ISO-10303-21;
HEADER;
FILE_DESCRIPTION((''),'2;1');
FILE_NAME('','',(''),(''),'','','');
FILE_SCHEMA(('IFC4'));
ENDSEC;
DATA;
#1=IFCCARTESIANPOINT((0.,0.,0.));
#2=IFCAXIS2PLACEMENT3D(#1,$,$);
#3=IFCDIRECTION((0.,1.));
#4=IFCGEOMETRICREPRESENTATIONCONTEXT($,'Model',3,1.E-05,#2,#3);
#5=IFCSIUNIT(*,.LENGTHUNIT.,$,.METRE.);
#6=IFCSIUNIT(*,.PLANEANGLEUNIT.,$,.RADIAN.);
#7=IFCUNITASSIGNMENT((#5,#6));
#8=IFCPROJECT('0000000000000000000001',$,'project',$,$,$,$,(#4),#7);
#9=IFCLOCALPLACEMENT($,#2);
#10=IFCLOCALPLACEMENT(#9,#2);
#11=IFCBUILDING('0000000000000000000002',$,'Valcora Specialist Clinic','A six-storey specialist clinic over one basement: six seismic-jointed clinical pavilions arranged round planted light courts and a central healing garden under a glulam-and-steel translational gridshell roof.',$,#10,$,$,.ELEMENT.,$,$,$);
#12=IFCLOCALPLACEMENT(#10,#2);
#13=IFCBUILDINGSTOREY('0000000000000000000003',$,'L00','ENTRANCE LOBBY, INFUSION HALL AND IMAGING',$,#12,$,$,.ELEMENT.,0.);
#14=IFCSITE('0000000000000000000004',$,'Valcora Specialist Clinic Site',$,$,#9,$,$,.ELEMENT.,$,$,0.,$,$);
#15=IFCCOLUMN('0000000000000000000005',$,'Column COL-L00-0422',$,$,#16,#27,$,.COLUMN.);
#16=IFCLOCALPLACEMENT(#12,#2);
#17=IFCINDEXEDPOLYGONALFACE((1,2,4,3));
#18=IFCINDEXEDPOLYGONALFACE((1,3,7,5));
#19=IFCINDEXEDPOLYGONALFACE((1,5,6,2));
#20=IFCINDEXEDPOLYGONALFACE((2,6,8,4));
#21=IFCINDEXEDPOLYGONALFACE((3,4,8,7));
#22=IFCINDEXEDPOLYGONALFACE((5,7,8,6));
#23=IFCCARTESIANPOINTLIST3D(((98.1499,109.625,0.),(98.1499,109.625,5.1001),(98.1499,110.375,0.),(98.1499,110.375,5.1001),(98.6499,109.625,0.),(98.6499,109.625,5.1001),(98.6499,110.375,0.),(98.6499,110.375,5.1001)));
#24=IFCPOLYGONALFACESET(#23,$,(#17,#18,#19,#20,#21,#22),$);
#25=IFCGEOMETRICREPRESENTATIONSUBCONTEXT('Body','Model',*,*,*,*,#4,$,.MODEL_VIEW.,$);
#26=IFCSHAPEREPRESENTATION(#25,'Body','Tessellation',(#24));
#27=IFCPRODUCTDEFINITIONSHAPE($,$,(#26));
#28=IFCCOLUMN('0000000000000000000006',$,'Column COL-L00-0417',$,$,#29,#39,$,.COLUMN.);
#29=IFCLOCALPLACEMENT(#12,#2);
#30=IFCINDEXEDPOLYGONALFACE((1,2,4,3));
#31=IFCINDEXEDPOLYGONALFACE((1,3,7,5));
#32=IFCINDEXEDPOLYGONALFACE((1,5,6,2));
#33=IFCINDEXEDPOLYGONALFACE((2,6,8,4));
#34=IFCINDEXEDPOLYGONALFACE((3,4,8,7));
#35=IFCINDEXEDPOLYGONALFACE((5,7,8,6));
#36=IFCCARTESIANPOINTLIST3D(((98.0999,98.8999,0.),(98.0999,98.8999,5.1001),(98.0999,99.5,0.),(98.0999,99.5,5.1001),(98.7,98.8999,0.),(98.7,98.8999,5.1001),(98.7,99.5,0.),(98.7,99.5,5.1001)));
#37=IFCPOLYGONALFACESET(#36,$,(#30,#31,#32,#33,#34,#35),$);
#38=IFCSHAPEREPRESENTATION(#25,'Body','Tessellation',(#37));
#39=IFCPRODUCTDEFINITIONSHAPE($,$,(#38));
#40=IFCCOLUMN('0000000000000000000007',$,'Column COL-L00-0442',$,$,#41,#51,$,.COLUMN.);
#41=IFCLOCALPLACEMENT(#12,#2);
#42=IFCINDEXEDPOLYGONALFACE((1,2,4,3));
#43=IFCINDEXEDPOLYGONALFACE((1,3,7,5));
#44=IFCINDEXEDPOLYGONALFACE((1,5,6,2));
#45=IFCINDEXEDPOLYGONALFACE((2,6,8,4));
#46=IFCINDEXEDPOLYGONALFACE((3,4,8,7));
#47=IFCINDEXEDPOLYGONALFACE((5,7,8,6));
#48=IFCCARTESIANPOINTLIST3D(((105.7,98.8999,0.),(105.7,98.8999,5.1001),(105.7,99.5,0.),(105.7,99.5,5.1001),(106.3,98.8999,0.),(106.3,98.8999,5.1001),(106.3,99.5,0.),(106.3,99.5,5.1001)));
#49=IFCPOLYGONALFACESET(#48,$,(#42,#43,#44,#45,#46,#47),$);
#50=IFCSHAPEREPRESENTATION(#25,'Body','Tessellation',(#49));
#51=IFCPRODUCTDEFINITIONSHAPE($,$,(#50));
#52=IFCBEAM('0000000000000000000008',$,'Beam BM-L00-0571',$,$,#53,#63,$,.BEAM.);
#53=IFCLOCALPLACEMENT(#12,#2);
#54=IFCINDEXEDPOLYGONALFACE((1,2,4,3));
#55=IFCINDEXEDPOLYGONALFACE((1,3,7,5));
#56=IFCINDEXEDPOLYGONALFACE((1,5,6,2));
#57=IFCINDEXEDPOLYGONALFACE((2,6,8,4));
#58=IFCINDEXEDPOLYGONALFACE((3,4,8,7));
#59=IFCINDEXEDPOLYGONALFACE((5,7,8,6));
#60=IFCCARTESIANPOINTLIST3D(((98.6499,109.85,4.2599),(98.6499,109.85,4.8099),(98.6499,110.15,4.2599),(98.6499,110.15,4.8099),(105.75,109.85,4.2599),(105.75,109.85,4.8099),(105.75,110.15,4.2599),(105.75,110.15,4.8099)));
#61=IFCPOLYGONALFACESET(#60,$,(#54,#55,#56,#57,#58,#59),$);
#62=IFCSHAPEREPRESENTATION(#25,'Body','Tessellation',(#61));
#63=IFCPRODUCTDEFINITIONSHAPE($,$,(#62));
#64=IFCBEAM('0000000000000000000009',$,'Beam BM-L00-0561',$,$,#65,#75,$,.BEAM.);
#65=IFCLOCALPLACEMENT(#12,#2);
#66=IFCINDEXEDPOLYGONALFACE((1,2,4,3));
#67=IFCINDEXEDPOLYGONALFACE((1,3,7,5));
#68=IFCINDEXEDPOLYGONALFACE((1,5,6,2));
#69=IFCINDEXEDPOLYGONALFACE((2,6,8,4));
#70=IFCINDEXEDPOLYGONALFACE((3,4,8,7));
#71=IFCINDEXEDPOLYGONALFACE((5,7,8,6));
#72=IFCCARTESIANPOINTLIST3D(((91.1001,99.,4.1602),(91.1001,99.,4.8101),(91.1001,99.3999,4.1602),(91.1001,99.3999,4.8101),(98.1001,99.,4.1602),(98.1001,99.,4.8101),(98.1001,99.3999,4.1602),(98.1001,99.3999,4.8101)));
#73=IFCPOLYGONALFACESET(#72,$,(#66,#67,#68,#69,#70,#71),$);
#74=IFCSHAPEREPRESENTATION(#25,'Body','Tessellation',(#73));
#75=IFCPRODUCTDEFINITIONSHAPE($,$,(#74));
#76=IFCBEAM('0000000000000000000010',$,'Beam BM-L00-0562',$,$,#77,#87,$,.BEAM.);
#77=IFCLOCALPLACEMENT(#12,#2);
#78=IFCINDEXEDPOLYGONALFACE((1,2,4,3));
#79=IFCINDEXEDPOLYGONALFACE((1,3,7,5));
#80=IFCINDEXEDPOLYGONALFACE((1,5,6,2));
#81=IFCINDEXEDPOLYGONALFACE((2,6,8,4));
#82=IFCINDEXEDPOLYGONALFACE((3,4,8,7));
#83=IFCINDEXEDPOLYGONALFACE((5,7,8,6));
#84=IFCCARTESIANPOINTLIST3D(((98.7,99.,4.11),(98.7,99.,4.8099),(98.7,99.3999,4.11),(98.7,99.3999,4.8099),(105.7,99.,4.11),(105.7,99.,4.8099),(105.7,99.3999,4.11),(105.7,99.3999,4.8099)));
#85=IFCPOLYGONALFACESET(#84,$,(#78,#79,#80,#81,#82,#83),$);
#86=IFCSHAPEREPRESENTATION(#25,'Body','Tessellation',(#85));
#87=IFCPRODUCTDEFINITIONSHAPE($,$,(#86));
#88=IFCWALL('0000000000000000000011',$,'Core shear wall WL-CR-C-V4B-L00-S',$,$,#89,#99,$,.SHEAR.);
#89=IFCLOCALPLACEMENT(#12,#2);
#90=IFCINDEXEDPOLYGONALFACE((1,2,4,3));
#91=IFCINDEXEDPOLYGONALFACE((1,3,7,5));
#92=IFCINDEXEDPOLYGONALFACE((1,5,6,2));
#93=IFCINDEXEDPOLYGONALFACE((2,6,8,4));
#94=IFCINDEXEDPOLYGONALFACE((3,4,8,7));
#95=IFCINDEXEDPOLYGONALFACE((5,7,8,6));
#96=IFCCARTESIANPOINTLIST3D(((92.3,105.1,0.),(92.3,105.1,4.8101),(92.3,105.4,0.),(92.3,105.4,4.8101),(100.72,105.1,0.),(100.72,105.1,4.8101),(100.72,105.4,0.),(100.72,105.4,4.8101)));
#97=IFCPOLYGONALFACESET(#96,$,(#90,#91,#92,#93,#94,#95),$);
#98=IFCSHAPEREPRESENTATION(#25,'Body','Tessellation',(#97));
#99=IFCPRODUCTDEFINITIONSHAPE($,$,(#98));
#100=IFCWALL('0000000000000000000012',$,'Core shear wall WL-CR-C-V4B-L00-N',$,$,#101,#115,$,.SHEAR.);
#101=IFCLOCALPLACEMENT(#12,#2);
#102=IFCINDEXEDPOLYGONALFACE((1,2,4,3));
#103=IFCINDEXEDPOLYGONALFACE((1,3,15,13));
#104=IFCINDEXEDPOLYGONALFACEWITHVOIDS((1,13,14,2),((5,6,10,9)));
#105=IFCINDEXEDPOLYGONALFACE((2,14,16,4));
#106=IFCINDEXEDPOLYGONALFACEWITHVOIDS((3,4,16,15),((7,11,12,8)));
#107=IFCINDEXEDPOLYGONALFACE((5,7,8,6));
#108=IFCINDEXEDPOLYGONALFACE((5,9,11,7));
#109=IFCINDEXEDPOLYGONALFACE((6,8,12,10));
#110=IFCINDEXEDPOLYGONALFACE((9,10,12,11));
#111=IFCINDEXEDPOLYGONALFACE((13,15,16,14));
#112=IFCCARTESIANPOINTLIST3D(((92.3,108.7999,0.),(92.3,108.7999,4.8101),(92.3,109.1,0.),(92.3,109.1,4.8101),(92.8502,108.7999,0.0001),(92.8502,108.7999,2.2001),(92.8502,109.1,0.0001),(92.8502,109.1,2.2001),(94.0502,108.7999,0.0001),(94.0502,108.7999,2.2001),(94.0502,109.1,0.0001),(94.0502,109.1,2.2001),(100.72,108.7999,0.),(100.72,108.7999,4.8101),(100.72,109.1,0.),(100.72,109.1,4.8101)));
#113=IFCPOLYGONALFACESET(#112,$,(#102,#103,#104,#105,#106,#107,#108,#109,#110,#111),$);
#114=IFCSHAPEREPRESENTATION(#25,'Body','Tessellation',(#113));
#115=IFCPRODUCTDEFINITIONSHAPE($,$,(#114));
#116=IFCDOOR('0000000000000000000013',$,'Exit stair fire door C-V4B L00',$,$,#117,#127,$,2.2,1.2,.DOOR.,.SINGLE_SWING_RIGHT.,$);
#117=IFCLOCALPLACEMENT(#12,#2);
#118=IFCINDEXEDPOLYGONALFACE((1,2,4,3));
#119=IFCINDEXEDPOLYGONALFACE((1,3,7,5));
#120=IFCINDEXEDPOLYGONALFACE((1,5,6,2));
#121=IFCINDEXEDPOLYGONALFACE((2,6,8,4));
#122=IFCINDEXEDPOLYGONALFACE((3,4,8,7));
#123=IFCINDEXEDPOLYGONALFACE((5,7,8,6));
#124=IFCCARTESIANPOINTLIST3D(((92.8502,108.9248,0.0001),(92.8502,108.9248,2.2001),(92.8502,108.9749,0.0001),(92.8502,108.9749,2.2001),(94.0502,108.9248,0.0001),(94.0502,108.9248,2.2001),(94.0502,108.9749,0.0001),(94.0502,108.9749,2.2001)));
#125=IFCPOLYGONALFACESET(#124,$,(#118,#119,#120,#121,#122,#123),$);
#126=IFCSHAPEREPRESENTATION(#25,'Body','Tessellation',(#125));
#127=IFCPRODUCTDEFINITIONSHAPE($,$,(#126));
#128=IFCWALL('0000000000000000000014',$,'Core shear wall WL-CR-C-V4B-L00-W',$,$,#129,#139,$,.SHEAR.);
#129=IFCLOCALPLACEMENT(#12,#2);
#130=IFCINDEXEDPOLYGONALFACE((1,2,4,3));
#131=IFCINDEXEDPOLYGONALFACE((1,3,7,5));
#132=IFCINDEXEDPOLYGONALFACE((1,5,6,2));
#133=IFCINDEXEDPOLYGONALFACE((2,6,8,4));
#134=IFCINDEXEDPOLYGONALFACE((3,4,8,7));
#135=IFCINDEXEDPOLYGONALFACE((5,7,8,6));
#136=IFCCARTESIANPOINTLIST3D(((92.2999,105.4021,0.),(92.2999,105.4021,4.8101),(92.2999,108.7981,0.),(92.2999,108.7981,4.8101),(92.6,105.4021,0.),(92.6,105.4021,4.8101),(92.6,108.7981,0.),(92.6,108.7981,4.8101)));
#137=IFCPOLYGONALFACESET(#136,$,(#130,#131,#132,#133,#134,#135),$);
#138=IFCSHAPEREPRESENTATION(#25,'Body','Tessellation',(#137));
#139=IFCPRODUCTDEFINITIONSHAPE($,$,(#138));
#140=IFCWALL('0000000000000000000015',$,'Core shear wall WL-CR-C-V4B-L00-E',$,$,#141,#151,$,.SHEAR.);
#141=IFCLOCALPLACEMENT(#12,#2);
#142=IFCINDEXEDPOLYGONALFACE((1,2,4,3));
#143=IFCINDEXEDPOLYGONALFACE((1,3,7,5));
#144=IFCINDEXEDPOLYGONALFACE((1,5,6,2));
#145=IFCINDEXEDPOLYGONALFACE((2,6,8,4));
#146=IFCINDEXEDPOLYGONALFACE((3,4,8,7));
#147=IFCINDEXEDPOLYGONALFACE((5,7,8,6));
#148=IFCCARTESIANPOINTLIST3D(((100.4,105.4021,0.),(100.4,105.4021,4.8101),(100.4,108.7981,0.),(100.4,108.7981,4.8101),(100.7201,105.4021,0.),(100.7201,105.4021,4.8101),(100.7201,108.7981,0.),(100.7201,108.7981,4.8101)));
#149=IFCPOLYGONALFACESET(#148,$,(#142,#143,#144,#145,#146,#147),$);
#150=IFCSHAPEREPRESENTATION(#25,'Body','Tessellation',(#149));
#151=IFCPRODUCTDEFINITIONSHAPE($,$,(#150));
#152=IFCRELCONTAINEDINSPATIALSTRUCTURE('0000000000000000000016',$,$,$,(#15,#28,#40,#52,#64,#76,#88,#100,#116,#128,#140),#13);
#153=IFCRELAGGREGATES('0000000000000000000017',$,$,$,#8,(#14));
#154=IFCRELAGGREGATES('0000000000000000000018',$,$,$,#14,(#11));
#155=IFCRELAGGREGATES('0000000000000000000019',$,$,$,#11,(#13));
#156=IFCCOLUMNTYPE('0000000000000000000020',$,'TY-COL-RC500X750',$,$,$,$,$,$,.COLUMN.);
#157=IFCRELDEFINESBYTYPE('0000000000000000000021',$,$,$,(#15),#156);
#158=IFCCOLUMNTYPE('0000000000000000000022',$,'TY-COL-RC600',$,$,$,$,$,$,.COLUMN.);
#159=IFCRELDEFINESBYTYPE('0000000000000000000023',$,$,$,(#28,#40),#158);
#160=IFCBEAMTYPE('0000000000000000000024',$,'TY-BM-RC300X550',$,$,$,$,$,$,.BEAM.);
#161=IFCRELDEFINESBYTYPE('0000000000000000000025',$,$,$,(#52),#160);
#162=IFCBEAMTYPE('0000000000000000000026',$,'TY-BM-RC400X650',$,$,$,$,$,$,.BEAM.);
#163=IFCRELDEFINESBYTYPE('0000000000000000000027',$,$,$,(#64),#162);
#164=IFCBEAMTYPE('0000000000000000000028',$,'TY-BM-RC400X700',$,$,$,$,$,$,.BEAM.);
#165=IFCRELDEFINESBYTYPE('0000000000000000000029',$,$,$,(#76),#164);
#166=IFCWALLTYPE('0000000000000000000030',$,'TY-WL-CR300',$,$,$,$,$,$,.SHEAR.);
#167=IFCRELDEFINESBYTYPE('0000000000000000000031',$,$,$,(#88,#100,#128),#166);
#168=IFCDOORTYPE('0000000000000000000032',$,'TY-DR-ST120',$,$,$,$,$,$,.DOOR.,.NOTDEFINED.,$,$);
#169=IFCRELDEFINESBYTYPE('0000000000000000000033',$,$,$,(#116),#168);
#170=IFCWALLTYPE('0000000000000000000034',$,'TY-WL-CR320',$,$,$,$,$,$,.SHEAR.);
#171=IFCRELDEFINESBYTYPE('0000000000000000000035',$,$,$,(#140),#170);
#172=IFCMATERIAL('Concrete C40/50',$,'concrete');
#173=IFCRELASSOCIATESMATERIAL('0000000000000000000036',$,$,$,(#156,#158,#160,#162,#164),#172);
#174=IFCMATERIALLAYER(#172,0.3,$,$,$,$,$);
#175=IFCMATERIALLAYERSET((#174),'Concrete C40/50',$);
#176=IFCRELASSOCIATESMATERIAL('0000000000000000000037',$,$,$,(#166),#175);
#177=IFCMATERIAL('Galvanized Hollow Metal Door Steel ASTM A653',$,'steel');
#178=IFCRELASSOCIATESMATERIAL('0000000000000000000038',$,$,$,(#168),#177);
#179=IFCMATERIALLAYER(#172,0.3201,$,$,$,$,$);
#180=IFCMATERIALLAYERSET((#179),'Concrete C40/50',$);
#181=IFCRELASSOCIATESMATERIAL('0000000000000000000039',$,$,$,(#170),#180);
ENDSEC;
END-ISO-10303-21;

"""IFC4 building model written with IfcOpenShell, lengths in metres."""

from ifc_helpers import new_model, si_unit, direction, frame, frame_2d, origin, origin_2d, place, context, subcontext, project, spatial, rectangle, extrude, material, layer, layer_set, material_profile, profile_set, type_object, element, fill, save


model = new_model("IFC4")

# Units and contexts
model_context = context("Model", 3, precision=1e-05, world=origin(), true_north=direction((0.0, 1.0)))
body_context = subcontext(model_context, "Body", "Model", "MODEL_VIEW")
ifc_project = project(units=[si_unit("LENGTHUNIT", "METRE"), si_unit("PLANEANGLEUNIT", "RADIAN")], contexts=[model_context])

# Site, building, storey
site_placement = place(None, origin())
site = spatial("IfcSite", under=ifc_project, at=site_placement, Name="Valcora Specialist Clinic Site", CompositionType="ELEMENT", RefElevation=0.0)
building_placement = place(site_placement, origin())
building = spatial("IfcBuilding", under=site, at=building_placement, Name="Valcora Specialist Clinic", Description="A six-storey specialist clinic over one basement: six seismic-jointed clinical pavilions arranged round planted light courts and a central healing garden under a glulam-and-steel translational gridshell roof.", CompositionType="ELEMENT")
storey_placement = place(building_placement, origin())
storey = spatial("IfcBuildingStorey", under=building, at=storey_placement, Name="L00", Description="ENTRANCE LOBBY, INFUSION HALL AND IMAGING", CompositionType="ELEMENT", Elevation=0.0)

# Columns
ifc_material_1 = material(Name="Concrete C40/50", Category="concrete")
ifc_material_profile_1 = material_profile(ifc_material_1, rectangle(XDim=0.5, YDim=0.75, at=origin_2d()), Name="RC-COL-500X750")
ifc_profile_set_1 = profile_set([ifc_material_profile_1], Name="Concrete C40/50")
column_type_1 = type_object("IfcColumnType", Name="TY-COL-RC500X750", PredefinedType="COLUMN", material=ifc_profile_set_1)
column_placement = place(storey_placement, frame((98.3999, 110.0, 0.0), z_axis=(0.0, 0.0, 1.0), x_axis=(1.0, 0.0, 0.0)))
element("IfcColumn", 1, at=column_placement, inside=storey, type_object=column_type_1, Name="Column COL-L00-0422", PredefinedType="COLUMN", context=body_context, shape_type="SweptSolid", body=[
    extrude(rectangle(XDim=0.5, YDim=0.75, at=origin_2d()), origin(), (0.0, 0.0, 1.0), 5.1001),
])
ifc_material_profile_2 = material_profile(ifc_material_1, rectangle(XDim=0.6001, YDim=0.6001, at=origin_2d()), Name="RC-COL-600X600")
ifc_profile_set_2 = profile_set([ifc_material_profile_2], Name="Concrete C40/50")
column_type_2 = type_object("IfcColumnType", Name="TY-COL-RC600", PredefinedType="COLUMN", material=ifc_profile_set_2)
for number, where, z_axis, x_axis, name in (
    (2, (98.3999, 99.2, 0.0), (0.0, 0.0, 1.0), (1.0, 0.0, 0.0), "Column COL-L00-0417"),
    (3, (106.0, 99.2, 0.0), (0.0, 0.0, 1.0), (1.0, 0.0, 0.0), "Column COL-L00-0442"),
):
    element("IfcColumn", number, at=place(storey_placement, frame(where, z_axis=z_axis, x_axis=x_axis)), inside=storey, type_object=column_type_2, Name=name, PredefinedType="COLUMN", context=body_context, shape_type="SweptSolid", body=[
        extrude(rectangle(XDim=0.6001, YDim=0.6001, at=origin_2d()), origin(), (0.0, 0.0, 1.0), 5.1001),
    ])

# Beams
ifc_material_profile_3 = material_profile(ifc_material_1, rectangle(XDim=0.3, YDim=0.55, at=origin_2d()), Name="RC-BM-300X550")
ifc_profile_set_3 = profile_set([ifc_material_profile_3], Name="Concrete C40/50")
beam_type_1 = type_object("IfcBeamType", Name="TY-BM-RC300X550", PredefinedType="BEAM", material=ifc_profile_set_3)
beam_1_placement = place(storey_placement, frame((98.6499, 110.0, 4.5349), z_axis=(1.0, 0.0, 0.0), x_axis=(0.0, 1.0, 0.0)))
element("IfcBeam", 4, at=beam_1_placement, inside=storey, type_object=beam_type_1, Name="Beam BM-L00-0571", PredefinedType="BEAM", context=body_context, shape_type="SweptSolid", body=[
    extrude(rectangle(XDim=0.3, YDim=0.55, at=origin_2d()), origin(), (0.0, 0.0, 1.0), 7.1001),
])
ifc_material_profile_4 = material_profile(ifc_material_1, rectangle(XDim=0.3999, YDim=0.6499, at=origin_2d()), Name="RC-BM-400X650")
ifc_profile_set_4 = profile_set([ifc_material_profile_4], Name="Concrete C40/50")
beam_type_2 = type_object("IfcBeamType", Name="TY-BM-RC400X650", PredefinedType="BEAM", material=ifc_profile_set_4)
beam_2_placement = place(storey_placement, frame((91.1001, 99.2, 4.4851), z_axis=(1.0, 0.0, 0.0), x_axis=(0.0, 1.0, 0.0)))
element("IfcBeam", 5, at=beam_2_placement, inside=storey, type_object=beam_type_2, Name="Beam BM-L00-0561", PredefinedType="BEAM", context=body_context, shape_type="SweptSolid", body=[
    extrude(rectangle(XDim=0.3999, YDim=0.6499, at=origin_2d()), origin(), (0.0, 0.0, 1.0), 7.0),
])
ifc_material_profile_5 = material_profile(ifc_material_1, rectangle(XDim=0.3999, YDim=0.7, at=origin_2d()), Name="RC-BM-400X700")
ifc_profile_set_5 = profile_set([ifc_material_profile_5], Name="Concrete C40/50")
beam_type_3 = type_object("IfcBeamType", Name="TY-BM-RC400X700", PredefinedType="BEAM", material=ifc_profile_set_5)
beam_3_placement = place(storey_placement, frame((98.7, 99.2, 4.46), z_axis=(1.0, 0.0, 0.0), x_axis=(0.0, 1.0, 0.0)))
element("IfcBeam", 6, at=beam_3_placement, inside=storey, type_object=beam_type_3, Name="Beam BM-L00-0562", PredefinedType="BEAM", context=body_context, shape_type="SweptSolid", body=[
    extrude(rectangle(XDim=0.3999, YDim=0.7, at=origin_2d()), origin(), (0.0, 0.0, 1.0), 7.0),
])

# Wall
ifc_layer_1 = layer(ifc_material_1, 0.3)
ifc_layer_set_1 = layer_set([ifc_layer_1], Name="Concrete C40/50")
wall_type_1 = type_object("IfcWallType", Name="TY-WL-CR300", PredefinedType="SHEAR", material=ifc_layer_set_1)
wall_1_placement = place(storey_placement, frame((92.3, 105.25, 0.0), z_axis=(0.0, 0.0, 1.0), x_axis=(1.0, 0.0, 0.0)))
element("IfcWall", 7, at=wall_1_placement, inside=storey, type_object=wall_type_1, Name="Core shear wall WL-CR-C-V4B-L00-S", PredefinedType="SHEAR", context=body_context, shape_type="SweptSolid", body=[
    extrude(rectangle(XDim=8.4199, YDim=0.3, at=frame_2d((4.21, 0.0))), origin(), (0.0, 0.0, 1.0), 4.8101),
])

# Wall, opening, door
wall_2_placement = place(storey_placement, frame((92.3, 108.95, 0.0), z_axis=(0.0, 0.0, 1.0), x_axis=(1.0, 0.0, 0.0)))
wall_2 = element("IfcWall", 8, at=wall_2_placement, inside=storey, type_object=wall_type_1, Name="Core shear wall WL-CR-C-V4B-L00-N", PredefinedType="SHEAR", context=body_context, shape_type="SweptSolid", body=[
    extrude(rectangle(XDim=8.4199, YDim=0.3, at=frame_2d((4.21, 0.0))), origin(), (0.0, 0.0, 1.0), 4.8101),
])
opening_1_placement = place(wall_2_placement, frame((0.55, 0.0, 0.0)))
opening_1 = element("IfcOpeningElement", 9, at=opening_1_placement, cuts=wall_2, PredefinedType="OPENING", context=body_context, shape_type="SweptSolid", body=[
    extrude(rectangle(XDim=1.2, YDim=2.2, at=frame_2d((0.6001, 1.1001))), frame((0.0, 0.1599, 0.0), z_axis=(0.0, -1.0, 0.0), x_axis=(1.0, 0.0, 0.0)), (0.0, 0.0, 1.0), 0.3201),
])
ifc_material_2 = material(Name="Galvanized Hollow Metal Door Steel ASTM A653", Category="steel")
door_type_1 = type_object("IfcDoorType", Name="TY-DR-ST120", OperationType="NOTDEFINED", PredefinedType="DOOR", material=ifc_material_2)
door_1_placement = place(opening_1_placement, origin())
door_1 = element("IfcDoor", 10, at=door_1_placement, inside=storey, type_object=door_type_1, Name="Exit stair fire door C-V4B L00", OperationType="SINGLE_SWING_RIGHT", OverallHeight=2.2, OverallWidth=1.2, PredefinedType="DOOR", context=body_context, shape_type="SweptSolid", body=[
    extrude(rectangle(XDim=1.2, YDim=2.2, at=frame_2d((0.6001, 1.1001))), frame((0.0, 0.0249, 0.0), z_axis=(0.0, -1.0, 0.0), x_axis=(1.0, 0.0, 0.0)), (0.0, 0.0, 1.0), 0.05),
])
fill(opening_1, door_1)

# Walls
wall_3_placement = place(storey_placement, frame((92.45, 105.4021, 0.0), z_axis=(0.0, 0.0, 1.0), x_axis=(0.0, 1.0, 0.0)))
element("IfcWall", 11, at=wall_3_placement, inside=storey, type_object=wall_type_1, Name="Core shear wall WL-CR-C-V4B-L00-W", PredefinedType="SHEAR", context=body_context, shape_type="SweptSolid", body=[
    extrude(rectangle(XDim=3.396, YDim=0.3, at=frame_2d((1.698, 0.0))), origin(), (0.0, 0.0, 1.0), 4.8101),
])
ifc_layer_2 = layer(ifc_material_1, 0.3201)
ifc_layer_set_2 = layer_set([ifc_layer_2], Name="Concrete C40/50")
wall_type_2 = type_object("IfcWallType", Name="TY-WL-CR320", PredefinedType="SHEAR", material=ifc_layer_set_2)
wall_4_placement = place(storey_placement, frame((100.5601, 105.4021, 0.0), z_axis=(0.0, 0.0, 1.0), x_axis=(0.0, 1.0, 0.0)))
element("IfcWall", 12, at=wall_4_placement, inside=storey, type_object=wall_type_2, Name="Core shear wall WL-CR-C-V4B-L00-E", PredefinedType="SHEAR", context=body_context, shape_type="SweptSolid", body=[
    extrude(rectangle(XDim=3.396, YDim=0.3201, at=frame_2d((1.698, 0.0))), origin(), (0.0, 0.0, 1.0), 4.8101),
])

save(model, "model.ifc")
